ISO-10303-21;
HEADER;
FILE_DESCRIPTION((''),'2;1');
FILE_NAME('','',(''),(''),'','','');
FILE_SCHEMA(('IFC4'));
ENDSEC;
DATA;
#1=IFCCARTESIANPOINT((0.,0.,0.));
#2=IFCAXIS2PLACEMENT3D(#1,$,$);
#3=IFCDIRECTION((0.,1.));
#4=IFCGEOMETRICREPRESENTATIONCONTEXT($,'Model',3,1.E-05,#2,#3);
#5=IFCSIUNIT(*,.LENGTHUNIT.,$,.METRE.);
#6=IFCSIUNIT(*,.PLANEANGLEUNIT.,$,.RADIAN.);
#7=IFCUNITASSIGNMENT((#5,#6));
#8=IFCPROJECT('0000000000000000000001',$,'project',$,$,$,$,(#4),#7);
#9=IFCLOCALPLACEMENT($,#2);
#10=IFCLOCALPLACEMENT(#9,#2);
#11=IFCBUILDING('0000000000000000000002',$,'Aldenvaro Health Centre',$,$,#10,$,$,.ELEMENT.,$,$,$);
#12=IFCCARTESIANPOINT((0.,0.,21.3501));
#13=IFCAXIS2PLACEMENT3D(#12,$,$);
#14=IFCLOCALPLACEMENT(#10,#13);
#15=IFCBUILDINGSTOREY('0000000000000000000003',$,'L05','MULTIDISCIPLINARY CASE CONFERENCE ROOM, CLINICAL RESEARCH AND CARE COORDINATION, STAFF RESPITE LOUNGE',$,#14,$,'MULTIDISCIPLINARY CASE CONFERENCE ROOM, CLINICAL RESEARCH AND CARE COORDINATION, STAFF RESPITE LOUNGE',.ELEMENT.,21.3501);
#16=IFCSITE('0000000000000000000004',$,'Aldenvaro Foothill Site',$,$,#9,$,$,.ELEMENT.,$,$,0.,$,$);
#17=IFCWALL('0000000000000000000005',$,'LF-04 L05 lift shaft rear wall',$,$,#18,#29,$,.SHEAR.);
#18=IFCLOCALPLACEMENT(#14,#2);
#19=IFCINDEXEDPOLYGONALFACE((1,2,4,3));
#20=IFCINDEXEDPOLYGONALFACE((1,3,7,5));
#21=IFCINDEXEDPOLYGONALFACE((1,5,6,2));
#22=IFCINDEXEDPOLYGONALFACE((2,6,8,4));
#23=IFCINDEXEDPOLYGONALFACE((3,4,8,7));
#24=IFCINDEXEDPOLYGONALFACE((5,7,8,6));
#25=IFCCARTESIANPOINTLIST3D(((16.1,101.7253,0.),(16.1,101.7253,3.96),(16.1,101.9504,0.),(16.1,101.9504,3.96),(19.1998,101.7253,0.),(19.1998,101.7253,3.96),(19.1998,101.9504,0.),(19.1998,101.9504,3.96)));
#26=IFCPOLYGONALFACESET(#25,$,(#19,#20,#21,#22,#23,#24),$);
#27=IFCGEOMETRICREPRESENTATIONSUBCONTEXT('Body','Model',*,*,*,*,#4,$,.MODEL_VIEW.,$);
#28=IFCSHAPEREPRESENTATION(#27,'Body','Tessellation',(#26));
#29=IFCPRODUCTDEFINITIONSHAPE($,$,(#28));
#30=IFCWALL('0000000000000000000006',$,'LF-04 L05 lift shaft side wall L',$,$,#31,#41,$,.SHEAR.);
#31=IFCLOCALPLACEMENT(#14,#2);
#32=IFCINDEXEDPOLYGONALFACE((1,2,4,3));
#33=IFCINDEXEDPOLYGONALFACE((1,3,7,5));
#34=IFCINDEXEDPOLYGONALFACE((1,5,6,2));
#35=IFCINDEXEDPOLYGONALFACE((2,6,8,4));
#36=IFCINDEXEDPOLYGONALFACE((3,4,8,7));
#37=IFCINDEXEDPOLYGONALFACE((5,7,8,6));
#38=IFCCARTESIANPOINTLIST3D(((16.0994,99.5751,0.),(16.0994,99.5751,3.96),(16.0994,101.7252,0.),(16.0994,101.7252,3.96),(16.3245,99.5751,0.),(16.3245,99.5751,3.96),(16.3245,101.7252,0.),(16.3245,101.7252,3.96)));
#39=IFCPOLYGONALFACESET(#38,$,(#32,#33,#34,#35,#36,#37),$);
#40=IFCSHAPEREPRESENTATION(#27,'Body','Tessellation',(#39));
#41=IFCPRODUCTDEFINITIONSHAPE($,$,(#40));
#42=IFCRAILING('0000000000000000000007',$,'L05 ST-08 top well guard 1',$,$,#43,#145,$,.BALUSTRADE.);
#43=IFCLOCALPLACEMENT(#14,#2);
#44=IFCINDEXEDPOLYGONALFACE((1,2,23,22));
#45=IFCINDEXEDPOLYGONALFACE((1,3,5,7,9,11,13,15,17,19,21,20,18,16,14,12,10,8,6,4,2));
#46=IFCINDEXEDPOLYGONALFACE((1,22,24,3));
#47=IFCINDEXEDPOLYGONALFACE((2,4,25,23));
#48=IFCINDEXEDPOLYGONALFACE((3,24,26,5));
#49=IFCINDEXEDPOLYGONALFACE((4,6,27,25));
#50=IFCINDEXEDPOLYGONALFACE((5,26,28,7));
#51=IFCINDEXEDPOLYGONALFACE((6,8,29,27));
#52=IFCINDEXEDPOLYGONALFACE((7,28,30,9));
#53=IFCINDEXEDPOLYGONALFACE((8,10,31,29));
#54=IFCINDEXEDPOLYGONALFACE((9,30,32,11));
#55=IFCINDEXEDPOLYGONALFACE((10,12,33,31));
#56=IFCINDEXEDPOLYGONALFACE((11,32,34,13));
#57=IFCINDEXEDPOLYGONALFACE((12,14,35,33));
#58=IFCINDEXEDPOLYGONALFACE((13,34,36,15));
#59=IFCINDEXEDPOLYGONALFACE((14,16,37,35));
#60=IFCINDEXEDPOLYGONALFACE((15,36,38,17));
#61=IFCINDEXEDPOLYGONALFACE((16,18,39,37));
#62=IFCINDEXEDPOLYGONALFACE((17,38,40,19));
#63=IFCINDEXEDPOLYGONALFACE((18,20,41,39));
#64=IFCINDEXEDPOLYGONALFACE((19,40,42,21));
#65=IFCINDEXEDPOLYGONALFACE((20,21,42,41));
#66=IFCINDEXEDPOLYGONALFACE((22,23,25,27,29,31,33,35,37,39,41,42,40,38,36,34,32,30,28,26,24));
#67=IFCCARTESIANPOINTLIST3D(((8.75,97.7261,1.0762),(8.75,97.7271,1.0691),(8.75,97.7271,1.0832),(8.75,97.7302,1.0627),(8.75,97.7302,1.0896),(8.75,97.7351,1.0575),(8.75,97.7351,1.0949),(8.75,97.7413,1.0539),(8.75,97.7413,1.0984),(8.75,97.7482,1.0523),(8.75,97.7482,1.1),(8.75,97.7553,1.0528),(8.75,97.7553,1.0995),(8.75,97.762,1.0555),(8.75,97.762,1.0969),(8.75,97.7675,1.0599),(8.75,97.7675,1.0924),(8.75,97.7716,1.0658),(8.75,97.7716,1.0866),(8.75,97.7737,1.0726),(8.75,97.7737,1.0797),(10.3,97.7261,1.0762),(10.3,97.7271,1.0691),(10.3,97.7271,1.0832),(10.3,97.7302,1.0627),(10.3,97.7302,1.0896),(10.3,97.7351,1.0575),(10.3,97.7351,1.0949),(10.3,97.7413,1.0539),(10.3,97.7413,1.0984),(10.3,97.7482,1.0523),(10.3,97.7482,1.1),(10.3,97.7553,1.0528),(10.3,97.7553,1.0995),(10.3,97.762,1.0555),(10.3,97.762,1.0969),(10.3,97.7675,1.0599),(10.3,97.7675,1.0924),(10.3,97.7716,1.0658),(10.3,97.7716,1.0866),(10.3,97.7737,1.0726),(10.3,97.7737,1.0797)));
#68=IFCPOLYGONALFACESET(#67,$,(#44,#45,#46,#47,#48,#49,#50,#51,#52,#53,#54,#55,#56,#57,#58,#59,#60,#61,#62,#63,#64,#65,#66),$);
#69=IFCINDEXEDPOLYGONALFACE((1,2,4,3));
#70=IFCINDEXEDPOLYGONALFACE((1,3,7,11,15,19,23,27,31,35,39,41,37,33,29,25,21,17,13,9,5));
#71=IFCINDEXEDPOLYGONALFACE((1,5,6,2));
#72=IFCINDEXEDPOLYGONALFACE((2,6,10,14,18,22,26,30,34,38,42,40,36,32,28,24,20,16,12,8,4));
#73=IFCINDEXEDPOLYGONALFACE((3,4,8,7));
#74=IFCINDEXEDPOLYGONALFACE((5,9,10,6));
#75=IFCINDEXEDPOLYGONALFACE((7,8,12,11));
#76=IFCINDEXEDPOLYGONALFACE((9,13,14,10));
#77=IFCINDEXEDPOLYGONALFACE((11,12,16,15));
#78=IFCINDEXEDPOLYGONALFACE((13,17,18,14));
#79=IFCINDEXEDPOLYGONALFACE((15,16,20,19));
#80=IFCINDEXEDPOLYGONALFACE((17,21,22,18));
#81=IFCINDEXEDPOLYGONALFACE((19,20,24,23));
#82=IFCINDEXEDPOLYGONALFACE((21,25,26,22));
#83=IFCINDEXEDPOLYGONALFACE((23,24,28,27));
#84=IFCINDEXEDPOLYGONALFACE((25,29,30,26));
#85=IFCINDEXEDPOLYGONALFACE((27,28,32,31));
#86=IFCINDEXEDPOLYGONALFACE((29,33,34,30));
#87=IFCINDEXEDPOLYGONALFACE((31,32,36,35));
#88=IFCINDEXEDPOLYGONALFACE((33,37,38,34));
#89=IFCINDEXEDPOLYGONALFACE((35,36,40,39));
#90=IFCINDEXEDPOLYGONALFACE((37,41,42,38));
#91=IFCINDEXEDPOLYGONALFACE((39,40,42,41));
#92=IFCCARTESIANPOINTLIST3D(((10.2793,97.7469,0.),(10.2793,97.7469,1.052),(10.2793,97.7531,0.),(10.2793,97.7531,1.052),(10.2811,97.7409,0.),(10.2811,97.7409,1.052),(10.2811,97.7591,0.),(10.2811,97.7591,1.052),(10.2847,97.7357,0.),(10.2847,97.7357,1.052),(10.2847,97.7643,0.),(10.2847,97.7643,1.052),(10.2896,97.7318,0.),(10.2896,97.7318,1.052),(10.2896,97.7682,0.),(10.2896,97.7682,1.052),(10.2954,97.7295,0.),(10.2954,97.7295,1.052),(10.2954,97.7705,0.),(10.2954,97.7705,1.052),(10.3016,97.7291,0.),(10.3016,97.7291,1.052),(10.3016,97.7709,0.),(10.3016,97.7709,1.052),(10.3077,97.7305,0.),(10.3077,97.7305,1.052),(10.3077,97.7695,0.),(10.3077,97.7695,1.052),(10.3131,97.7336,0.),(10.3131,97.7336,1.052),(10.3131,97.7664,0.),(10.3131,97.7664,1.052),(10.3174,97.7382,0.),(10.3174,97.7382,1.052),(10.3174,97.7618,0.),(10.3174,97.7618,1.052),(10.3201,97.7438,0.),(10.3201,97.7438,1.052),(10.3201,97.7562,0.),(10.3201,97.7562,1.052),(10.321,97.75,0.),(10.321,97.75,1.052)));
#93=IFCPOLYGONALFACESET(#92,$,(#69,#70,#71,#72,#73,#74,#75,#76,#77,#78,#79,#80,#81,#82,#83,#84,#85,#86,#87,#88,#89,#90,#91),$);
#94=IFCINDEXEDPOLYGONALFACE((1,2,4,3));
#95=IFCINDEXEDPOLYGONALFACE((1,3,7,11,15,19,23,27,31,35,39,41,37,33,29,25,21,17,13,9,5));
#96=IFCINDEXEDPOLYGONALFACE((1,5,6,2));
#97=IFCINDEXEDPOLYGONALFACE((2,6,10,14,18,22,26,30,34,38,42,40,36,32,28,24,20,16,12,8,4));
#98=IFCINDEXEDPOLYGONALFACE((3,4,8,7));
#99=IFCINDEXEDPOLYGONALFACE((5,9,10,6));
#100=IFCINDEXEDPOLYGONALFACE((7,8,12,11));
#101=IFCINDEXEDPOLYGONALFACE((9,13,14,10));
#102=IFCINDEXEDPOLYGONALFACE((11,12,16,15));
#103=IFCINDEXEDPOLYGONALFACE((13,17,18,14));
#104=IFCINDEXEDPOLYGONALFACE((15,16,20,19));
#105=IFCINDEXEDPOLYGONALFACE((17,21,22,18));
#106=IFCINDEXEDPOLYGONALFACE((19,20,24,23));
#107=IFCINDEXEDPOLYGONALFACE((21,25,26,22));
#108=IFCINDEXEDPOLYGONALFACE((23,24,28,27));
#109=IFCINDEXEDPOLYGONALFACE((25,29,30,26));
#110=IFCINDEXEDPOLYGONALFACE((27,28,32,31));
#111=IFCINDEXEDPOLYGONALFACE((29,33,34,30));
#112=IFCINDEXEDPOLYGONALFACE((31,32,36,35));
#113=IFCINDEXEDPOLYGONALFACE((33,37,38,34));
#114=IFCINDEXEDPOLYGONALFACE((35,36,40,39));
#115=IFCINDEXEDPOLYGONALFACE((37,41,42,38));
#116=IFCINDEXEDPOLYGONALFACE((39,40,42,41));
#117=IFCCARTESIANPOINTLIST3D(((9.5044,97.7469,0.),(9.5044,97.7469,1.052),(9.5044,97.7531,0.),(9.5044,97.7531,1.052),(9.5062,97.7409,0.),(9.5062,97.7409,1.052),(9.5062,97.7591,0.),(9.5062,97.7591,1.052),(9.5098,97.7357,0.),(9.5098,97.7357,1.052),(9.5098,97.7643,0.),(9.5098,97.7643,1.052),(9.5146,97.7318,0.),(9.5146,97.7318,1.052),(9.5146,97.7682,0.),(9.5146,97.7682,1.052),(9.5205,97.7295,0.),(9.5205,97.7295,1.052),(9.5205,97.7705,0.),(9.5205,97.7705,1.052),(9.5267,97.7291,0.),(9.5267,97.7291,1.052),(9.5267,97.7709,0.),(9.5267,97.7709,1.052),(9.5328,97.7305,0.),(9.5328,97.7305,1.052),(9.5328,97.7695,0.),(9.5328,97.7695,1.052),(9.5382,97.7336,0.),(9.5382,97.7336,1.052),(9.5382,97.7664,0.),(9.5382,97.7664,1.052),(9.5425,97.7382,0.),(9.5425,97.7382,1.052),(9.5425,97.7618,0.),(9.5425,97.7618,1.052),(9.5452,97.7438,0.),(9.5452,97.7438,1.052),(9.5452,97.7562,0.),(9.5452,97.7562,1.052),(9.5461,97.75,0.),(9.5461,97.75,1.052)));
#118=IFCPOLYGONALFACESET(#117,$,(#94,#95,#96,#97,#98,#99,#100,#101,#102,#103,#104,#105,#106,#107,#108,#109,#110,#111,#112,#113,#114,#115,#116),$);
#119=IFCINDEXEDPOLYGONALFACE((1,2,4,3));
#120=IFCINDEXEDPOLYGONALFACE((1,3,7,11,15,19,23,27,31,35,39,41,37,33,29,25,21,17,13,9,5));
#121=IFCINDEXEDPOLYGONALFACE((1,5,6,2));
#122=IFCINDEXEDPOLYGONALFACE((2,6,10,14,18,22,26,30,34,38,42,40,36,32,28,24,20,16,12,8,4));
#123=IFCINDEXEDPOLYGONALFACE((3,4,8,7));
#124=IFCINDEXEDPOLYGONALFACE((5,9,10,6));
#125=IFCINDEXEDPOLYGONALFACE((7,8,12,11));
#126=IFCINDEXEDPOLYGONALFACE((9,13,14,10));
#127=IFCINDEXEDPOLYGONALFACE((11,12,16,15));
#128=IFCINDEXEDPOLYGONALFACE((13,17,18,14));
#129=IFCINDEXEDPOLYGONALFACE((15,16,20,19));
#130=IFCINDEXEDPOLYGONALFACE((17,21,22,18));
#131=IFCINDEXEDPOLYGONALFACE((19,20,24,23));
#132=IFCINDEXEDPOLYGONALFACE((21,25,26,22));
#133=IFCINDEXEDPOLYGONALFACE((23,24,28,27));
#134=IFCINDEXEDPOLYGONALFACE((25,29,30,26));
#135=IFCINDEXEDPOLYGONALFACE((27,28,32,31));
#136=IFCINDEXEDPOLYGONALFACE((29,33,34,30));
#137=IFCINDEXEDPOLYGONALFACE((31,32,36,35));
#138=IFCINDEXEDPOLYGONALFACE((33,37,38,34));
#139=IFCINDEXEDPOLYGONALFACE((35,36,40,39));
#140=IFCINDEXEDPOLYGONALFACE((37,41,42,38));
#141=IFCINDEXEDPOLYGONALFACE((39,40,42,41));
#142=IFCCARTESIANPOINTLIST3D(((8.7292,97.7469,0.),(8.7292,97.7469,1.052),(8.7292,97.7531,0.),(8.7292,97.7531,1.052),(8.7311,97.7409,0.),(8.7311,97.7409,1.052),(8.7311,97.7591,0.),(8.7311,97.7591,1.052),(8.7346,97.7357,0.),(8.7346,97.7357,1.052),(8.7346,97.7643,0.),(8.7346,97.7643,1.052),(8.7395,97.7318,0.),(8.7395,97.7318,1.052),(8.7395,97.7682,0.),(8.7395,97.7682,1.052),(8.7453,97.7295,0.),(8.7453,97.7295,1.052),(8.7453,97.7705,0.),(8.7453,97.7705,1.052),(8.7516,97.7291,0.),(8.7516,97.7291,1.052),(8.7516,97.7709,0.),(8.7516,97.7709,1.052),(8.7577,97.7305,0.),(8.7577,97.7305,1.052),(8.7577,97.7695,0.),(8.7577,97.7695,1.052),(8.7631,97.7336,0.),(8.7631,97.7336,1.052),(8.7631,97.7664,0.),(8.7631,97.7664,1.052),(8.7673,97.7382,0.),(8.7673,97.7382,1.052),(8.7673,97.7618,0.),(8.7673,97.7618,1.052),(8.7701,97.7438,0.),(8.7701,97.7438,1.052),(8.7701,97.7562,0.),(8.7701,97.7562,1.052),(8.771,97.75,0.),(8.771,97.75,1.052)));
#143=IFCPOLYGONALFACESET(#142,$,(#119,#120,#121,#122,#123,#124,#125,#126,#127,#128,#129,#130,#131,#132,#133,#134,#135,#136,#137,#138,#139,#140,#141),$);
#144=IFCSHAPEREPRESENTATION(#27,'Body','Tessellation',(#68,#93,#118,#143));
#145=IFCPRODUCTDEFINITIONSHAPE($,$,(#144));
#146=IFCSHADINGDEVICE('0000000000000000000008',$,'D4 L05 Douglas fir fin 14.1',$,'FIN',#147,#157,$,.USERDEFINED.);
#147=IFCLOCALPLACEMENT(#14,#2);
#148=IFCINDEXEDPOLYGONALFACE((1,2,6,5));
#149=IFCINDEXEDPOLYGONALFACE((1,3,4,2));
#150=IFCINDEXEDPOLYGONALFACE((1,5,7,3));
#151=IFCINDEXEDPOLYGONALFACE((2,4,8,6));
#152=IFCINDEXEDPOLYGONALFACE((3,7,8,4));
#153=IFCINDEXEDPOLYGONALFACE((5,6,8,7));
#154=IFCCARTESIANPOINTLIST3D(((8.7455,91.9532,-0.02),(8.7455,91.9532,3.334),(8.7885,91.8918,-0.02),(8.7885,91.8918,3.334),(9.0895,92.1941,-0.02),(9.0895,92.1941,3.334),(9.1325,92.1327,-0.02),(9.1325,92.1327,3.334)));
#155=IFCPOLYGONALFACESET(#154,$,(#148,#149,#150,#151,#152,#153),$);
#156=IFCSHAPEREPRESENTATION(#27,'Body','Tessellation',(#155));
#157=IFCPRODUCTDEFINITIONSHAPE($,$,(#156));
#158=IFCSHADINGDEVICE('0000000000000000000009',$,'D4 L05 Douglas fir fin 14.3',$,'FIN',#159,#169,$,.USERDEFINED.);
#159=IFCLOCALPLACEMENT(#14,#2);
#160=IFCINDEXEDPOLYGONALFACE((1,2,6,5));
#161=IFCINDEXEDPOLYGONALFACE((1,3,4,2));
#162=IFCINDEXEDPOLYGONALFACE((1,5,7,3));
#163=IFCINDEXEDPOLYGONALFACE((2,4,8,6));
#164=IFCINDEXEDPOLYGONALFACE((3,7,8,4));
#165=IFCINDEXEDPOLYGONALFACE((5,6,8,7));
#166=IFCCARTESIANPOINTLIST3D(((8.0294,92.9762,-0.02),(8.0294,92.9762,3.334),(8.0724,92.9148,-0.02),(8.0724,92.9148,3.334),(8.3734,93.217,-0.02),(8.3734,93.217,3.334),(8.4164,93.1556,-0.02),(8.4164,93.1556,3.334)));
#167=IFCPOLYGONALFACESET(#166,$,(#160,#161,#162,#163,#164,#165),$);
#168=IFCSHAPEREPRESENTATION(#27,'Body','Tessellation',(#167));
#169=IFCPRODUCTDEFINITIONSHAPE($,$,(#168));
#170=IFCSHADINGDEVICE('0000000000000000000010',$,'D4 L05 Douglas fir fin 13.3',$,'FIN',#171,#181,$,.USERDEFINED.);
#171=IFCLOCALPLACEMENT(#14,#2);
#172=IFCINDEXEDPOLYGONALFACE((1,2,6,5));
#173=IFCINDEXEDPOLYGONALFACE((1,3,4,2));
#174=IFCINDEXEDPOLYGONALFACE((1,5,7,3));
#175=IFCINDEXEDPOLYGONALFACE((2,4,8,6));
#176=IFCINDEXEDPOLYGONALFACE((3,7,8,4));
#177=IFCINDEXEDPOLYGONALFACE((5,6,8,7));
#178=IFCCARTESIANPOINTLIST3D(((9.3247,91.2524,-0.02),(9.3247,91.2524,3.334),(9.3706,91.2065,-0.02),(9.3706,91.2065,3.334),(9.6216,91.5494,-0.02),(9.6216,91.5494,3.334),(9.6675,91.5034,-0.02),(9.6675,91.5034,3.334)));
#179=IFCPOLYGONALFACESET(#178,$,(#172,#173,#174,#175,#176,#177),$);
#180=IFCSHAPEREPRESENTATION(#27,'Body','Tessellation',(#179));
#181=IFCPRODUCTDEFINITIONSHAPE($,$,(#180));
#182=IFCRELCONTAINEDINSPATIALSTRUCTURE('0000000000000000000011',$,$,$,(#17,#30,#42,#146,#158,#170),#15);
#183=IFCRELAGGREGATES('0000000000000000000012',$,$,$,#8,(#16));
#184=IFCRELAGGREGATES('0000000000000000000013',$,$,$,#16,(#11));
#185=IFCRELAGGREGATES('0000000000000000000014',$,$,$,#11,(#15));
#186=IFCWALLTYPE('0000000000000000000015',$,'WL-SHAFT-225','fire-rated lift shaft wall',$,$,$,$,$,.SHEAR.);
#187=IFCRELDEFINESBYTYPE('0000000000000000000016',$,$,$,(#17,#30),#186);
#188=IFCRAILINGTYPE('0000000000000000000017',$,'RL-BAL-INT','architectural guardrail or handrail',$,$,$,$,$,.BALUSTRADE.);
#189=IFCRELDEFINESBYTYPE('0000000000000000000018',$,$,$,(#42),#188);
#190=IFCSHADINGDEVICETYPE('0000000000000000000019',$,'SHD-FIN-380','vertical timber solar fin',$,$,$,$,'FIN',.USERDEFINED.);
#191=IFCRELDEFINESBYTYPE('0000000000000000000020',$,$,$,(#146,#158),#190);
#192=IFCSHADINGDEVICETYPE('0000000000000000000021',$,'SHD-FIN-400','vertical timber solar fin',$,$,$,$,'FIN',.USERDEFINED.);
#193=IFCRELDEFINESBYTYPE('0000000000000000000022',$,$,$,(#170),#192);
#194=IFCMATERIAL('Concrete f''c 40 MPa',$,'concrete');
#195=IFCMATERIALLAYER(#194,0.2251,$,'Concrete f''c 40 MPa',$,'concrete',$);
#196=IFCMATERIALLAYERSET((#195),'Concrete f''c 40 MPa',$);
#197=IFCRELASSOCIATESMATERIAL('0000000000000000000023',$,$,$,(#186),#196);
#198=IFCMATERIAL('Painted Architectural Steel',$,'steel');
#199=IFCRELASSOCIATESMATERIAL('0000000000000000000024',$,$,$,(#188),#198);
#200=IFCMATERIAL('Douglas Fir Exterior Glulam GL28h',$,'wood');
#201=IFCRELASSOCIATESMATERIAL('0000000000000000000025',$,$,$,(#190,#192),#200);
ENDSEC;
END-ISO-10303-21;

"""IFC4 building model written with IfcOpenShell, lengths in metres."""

from ifc_helpers import new_model, si_unit, direction, frame, frame_2d, origin, origin_2d, place, context, subcontext, project, spatial, rectangle, circle, extrude, material, layer, layer_set, type_object, element, save


model = new_model("IFC4")

# Units and contexts
model_context = context("Model", 3, precision=1e-05, world=origin(), true_north=direction((0.0, 1.0)))
body_context = subcontext(model_context, "Body", "Model", "MODEL_VIEW")
ifc_project = project(units=[si_unit("LENGTHUNIT", "METRE"), si_unit("PLANEANGLEUNIT", "RADIAN")], contexts=[model_context])

# Site, building, storey
site_placement = place(None, origin())
site = spatial("IfcSite", under=ifc_project, at=site_placement, Name="Aldenvaro Foothill Site", CompositionType="ELEMENT", RefElevation=0.0)
building_placement = place(site_placement, origin())
building = spatial("IfcBuilding", under=site, at=building_placement, Name="Aldenvaro Health Centre", CompositionType="ELEMENT")
storey_placement = place(building_placement, frame((0.0, 0.0, 21.3501)))
storey = spatial("IfcBuildingStorey", under=building, at=storey_placement, Name="L05", Description="MULTIDISCIPLINARY CASE CONFERENCE ROOM, CLINICAL RESEARCH AND CARE COORDINATION, STAFF RESPITE LOUNGE", LongName="MULTIDISCIPLINARY CASE CONFERENCE ROOM, CLINICAL RESEARCH AND CARE COORDINATION, STAFF RESPITE LOUNGE", CompositionType="ELEMENT", Elevation=21.3501)

# Shared definitions
ifc_material_1 = material(Name="Concrete f'c 40 MPa", Category="concrete")

# Shared definitions
ifc_layer_1 = layer(ifc_material_1, 0.2251, Name="Concrete f'c 40 MPa", Category="concrete")
ifc_layer_set_1 = layer_set([ifc_layer_1], Name="Concrete f'c 40 MPa")
wall_type_1 = type_object("IfcWallType", Name="WL-SHAFT-225", Description="fire-rated lift shaft wall", PredefinedType="SHEAR", material=ifc_layer_set_1)

# Walls
wall_1_placement = place(storey_placement, frame((16.1001, 101.8379, 0.0), z_axis=(0.0, 0.0, 1.0), x_axis=(1.0, 0.0, 0.0)))
element("IfcWall", 1, at=wall_1_placement, inside=storey, type_object=wall_type_1, Name="LF-04 L05 lift shaft rear wall", PredefinedType="SHEAR", context=body_context, shape_type="SweptSolid", body=[
    extrude(rectangle(XDim=3.0999, YDim=0.2251, at=frame_2d((1.5498, 0.0))), origin(), (0.0, 0.0, 1.0), 3.96),
])
wall_2_placement = place(storey_placement, frame((16.2119, 99.575, 0.0), z_axis=(0.0, 0.0, 1.0), x_axis=(0.0, 1.0, 0.0)))
element("IfcWall", 2, at=wall_2_placement, inside=storey, type_object=wall_type_1, Name="LF-04 L05 lift shaft side wall L", PredefinedType="SHEAR", context=body_context, shape_type="SweptSolid", body=[
    extrude(rectangle(XDim=2.1501, YDim=0.2251, at=frame_2d((1.0752, 0.0))), origin(), (0.0, 0.0, 1.0), 3.96),
])

# Railing
ifc_material_2 = material(Name="Painted Architectural Steel", Category="steel")
railing_type = type_object("IfcRailingType", Name="RL-BAL-INT", Description="architectural guardrail or handrail", PredefinedType="BALUSTRADE", material=ifc_material_2)
railing_placement = place(storey_placement, frame((10.3, 97.75, 0.0)))
element("IfcRailing", 3, at=railing_placement, inside=storey, type_object=railing_type, Name="L05 ST-08 top well guard 1", PredefinedType="BALUSTRADE", context=body_context, shape_type="SweptSolid", body=[
    extrude(circle(Radius=0.0239, at=origin_2d()), frame((0.0, 0.0, 1.0762), z_axis=(-1.0, 0.0, 0.0), x_axis=(0.0, -1.0, 0.0)), (0.0, 0.0, 1.0), 1.55),
    extrude(circle(Radius=0.021, at=origin_2d()), origin(), (0.0, 0.0, 1.0), 1.052),
    extrude(circle(Radius=0.021, at=origin_2d()), frame((-0.7749, 0.0, 0.0)), (0.0, 0.0, 1.0), 1.052),
    extrude(circle(Radius=0.021, at=origin_2d()), frame((-1.55, 0.0, 0.0)), (0.0, 0.0, 1.0), 1.052),
])

# Shading devices
ifc_material_3 = material(Name="Douglas Fir Exterior Glulam GL28h", Category="wood")
shading_device_type_1 = type_object("IfcShadingDeviceType", Name="SHD-FIN-380", Description="vertical timber solar fin", ElementType="FIN", PredefinedType="USERDEFINED", material=ifc_material_3)
for number, where, z_axis, x_axis, name in (
    (4, (8.939, 92.043, -0.02), (0.0, 0.0, 1.0), (-0.573559, 0.819164, 0.0), "D4 L05 Douglas fir fin 14.1"),
    (5, (8.2229, 93.0659, -0.02), (0.0, 0.0, 1.0), (-0.573559, 0.819164, 0.0), "D4 L05 Douglas fir fin 14.3"),
):
    element("IfcShadingDevice", number, at=place(storey_placement, frame(where, z_axis=z_axis, x_axis=x_axis)), inside=storey, type_object=shading_device_type_1, Name=name, ObjectType="FIN", PredefinedType="USERDEFINED", context=body_context, shape_type="SweptSolid", body=[
        extrude(rectangle(XDim=0.075, YDim=0.4199, at=origin_2d()), origin(), (0.0, 0.0, 1.0), 3.354),
    ])
shading_device_type_2 = type_object("IfcShadingDeviceType", Name="SHD-FIN-400", Description="vertical timber solar fin", ElementType="FIN", PredefinedType="USERDEFINED", material=ifc_material_3)
shading_device_placement = place(storey_placement, frame((9.4961, 91.3779, -0.02), z_axis=(0.0, 0.0, 1.0), x_axis=(-0.707107, 0.707107, 0.0)))
element("IfcShadingDevice", 6, at=shading_device_placement, inside=storey, type_object=shading_device_type_2, Name="D4 L05 Douglas fir fin 13.3", ObjectType="FIN", PredefinedType="USERDEFINED", context=body_context, shape_type="SweptSolid", body=[
    extrude(rectangle(XDim=0.0649, YDim=0.4199, at=origin_2d()), origin(), (0.0, 0.0, 1.0), 3.354),
])

save(model, "model.ifc")
